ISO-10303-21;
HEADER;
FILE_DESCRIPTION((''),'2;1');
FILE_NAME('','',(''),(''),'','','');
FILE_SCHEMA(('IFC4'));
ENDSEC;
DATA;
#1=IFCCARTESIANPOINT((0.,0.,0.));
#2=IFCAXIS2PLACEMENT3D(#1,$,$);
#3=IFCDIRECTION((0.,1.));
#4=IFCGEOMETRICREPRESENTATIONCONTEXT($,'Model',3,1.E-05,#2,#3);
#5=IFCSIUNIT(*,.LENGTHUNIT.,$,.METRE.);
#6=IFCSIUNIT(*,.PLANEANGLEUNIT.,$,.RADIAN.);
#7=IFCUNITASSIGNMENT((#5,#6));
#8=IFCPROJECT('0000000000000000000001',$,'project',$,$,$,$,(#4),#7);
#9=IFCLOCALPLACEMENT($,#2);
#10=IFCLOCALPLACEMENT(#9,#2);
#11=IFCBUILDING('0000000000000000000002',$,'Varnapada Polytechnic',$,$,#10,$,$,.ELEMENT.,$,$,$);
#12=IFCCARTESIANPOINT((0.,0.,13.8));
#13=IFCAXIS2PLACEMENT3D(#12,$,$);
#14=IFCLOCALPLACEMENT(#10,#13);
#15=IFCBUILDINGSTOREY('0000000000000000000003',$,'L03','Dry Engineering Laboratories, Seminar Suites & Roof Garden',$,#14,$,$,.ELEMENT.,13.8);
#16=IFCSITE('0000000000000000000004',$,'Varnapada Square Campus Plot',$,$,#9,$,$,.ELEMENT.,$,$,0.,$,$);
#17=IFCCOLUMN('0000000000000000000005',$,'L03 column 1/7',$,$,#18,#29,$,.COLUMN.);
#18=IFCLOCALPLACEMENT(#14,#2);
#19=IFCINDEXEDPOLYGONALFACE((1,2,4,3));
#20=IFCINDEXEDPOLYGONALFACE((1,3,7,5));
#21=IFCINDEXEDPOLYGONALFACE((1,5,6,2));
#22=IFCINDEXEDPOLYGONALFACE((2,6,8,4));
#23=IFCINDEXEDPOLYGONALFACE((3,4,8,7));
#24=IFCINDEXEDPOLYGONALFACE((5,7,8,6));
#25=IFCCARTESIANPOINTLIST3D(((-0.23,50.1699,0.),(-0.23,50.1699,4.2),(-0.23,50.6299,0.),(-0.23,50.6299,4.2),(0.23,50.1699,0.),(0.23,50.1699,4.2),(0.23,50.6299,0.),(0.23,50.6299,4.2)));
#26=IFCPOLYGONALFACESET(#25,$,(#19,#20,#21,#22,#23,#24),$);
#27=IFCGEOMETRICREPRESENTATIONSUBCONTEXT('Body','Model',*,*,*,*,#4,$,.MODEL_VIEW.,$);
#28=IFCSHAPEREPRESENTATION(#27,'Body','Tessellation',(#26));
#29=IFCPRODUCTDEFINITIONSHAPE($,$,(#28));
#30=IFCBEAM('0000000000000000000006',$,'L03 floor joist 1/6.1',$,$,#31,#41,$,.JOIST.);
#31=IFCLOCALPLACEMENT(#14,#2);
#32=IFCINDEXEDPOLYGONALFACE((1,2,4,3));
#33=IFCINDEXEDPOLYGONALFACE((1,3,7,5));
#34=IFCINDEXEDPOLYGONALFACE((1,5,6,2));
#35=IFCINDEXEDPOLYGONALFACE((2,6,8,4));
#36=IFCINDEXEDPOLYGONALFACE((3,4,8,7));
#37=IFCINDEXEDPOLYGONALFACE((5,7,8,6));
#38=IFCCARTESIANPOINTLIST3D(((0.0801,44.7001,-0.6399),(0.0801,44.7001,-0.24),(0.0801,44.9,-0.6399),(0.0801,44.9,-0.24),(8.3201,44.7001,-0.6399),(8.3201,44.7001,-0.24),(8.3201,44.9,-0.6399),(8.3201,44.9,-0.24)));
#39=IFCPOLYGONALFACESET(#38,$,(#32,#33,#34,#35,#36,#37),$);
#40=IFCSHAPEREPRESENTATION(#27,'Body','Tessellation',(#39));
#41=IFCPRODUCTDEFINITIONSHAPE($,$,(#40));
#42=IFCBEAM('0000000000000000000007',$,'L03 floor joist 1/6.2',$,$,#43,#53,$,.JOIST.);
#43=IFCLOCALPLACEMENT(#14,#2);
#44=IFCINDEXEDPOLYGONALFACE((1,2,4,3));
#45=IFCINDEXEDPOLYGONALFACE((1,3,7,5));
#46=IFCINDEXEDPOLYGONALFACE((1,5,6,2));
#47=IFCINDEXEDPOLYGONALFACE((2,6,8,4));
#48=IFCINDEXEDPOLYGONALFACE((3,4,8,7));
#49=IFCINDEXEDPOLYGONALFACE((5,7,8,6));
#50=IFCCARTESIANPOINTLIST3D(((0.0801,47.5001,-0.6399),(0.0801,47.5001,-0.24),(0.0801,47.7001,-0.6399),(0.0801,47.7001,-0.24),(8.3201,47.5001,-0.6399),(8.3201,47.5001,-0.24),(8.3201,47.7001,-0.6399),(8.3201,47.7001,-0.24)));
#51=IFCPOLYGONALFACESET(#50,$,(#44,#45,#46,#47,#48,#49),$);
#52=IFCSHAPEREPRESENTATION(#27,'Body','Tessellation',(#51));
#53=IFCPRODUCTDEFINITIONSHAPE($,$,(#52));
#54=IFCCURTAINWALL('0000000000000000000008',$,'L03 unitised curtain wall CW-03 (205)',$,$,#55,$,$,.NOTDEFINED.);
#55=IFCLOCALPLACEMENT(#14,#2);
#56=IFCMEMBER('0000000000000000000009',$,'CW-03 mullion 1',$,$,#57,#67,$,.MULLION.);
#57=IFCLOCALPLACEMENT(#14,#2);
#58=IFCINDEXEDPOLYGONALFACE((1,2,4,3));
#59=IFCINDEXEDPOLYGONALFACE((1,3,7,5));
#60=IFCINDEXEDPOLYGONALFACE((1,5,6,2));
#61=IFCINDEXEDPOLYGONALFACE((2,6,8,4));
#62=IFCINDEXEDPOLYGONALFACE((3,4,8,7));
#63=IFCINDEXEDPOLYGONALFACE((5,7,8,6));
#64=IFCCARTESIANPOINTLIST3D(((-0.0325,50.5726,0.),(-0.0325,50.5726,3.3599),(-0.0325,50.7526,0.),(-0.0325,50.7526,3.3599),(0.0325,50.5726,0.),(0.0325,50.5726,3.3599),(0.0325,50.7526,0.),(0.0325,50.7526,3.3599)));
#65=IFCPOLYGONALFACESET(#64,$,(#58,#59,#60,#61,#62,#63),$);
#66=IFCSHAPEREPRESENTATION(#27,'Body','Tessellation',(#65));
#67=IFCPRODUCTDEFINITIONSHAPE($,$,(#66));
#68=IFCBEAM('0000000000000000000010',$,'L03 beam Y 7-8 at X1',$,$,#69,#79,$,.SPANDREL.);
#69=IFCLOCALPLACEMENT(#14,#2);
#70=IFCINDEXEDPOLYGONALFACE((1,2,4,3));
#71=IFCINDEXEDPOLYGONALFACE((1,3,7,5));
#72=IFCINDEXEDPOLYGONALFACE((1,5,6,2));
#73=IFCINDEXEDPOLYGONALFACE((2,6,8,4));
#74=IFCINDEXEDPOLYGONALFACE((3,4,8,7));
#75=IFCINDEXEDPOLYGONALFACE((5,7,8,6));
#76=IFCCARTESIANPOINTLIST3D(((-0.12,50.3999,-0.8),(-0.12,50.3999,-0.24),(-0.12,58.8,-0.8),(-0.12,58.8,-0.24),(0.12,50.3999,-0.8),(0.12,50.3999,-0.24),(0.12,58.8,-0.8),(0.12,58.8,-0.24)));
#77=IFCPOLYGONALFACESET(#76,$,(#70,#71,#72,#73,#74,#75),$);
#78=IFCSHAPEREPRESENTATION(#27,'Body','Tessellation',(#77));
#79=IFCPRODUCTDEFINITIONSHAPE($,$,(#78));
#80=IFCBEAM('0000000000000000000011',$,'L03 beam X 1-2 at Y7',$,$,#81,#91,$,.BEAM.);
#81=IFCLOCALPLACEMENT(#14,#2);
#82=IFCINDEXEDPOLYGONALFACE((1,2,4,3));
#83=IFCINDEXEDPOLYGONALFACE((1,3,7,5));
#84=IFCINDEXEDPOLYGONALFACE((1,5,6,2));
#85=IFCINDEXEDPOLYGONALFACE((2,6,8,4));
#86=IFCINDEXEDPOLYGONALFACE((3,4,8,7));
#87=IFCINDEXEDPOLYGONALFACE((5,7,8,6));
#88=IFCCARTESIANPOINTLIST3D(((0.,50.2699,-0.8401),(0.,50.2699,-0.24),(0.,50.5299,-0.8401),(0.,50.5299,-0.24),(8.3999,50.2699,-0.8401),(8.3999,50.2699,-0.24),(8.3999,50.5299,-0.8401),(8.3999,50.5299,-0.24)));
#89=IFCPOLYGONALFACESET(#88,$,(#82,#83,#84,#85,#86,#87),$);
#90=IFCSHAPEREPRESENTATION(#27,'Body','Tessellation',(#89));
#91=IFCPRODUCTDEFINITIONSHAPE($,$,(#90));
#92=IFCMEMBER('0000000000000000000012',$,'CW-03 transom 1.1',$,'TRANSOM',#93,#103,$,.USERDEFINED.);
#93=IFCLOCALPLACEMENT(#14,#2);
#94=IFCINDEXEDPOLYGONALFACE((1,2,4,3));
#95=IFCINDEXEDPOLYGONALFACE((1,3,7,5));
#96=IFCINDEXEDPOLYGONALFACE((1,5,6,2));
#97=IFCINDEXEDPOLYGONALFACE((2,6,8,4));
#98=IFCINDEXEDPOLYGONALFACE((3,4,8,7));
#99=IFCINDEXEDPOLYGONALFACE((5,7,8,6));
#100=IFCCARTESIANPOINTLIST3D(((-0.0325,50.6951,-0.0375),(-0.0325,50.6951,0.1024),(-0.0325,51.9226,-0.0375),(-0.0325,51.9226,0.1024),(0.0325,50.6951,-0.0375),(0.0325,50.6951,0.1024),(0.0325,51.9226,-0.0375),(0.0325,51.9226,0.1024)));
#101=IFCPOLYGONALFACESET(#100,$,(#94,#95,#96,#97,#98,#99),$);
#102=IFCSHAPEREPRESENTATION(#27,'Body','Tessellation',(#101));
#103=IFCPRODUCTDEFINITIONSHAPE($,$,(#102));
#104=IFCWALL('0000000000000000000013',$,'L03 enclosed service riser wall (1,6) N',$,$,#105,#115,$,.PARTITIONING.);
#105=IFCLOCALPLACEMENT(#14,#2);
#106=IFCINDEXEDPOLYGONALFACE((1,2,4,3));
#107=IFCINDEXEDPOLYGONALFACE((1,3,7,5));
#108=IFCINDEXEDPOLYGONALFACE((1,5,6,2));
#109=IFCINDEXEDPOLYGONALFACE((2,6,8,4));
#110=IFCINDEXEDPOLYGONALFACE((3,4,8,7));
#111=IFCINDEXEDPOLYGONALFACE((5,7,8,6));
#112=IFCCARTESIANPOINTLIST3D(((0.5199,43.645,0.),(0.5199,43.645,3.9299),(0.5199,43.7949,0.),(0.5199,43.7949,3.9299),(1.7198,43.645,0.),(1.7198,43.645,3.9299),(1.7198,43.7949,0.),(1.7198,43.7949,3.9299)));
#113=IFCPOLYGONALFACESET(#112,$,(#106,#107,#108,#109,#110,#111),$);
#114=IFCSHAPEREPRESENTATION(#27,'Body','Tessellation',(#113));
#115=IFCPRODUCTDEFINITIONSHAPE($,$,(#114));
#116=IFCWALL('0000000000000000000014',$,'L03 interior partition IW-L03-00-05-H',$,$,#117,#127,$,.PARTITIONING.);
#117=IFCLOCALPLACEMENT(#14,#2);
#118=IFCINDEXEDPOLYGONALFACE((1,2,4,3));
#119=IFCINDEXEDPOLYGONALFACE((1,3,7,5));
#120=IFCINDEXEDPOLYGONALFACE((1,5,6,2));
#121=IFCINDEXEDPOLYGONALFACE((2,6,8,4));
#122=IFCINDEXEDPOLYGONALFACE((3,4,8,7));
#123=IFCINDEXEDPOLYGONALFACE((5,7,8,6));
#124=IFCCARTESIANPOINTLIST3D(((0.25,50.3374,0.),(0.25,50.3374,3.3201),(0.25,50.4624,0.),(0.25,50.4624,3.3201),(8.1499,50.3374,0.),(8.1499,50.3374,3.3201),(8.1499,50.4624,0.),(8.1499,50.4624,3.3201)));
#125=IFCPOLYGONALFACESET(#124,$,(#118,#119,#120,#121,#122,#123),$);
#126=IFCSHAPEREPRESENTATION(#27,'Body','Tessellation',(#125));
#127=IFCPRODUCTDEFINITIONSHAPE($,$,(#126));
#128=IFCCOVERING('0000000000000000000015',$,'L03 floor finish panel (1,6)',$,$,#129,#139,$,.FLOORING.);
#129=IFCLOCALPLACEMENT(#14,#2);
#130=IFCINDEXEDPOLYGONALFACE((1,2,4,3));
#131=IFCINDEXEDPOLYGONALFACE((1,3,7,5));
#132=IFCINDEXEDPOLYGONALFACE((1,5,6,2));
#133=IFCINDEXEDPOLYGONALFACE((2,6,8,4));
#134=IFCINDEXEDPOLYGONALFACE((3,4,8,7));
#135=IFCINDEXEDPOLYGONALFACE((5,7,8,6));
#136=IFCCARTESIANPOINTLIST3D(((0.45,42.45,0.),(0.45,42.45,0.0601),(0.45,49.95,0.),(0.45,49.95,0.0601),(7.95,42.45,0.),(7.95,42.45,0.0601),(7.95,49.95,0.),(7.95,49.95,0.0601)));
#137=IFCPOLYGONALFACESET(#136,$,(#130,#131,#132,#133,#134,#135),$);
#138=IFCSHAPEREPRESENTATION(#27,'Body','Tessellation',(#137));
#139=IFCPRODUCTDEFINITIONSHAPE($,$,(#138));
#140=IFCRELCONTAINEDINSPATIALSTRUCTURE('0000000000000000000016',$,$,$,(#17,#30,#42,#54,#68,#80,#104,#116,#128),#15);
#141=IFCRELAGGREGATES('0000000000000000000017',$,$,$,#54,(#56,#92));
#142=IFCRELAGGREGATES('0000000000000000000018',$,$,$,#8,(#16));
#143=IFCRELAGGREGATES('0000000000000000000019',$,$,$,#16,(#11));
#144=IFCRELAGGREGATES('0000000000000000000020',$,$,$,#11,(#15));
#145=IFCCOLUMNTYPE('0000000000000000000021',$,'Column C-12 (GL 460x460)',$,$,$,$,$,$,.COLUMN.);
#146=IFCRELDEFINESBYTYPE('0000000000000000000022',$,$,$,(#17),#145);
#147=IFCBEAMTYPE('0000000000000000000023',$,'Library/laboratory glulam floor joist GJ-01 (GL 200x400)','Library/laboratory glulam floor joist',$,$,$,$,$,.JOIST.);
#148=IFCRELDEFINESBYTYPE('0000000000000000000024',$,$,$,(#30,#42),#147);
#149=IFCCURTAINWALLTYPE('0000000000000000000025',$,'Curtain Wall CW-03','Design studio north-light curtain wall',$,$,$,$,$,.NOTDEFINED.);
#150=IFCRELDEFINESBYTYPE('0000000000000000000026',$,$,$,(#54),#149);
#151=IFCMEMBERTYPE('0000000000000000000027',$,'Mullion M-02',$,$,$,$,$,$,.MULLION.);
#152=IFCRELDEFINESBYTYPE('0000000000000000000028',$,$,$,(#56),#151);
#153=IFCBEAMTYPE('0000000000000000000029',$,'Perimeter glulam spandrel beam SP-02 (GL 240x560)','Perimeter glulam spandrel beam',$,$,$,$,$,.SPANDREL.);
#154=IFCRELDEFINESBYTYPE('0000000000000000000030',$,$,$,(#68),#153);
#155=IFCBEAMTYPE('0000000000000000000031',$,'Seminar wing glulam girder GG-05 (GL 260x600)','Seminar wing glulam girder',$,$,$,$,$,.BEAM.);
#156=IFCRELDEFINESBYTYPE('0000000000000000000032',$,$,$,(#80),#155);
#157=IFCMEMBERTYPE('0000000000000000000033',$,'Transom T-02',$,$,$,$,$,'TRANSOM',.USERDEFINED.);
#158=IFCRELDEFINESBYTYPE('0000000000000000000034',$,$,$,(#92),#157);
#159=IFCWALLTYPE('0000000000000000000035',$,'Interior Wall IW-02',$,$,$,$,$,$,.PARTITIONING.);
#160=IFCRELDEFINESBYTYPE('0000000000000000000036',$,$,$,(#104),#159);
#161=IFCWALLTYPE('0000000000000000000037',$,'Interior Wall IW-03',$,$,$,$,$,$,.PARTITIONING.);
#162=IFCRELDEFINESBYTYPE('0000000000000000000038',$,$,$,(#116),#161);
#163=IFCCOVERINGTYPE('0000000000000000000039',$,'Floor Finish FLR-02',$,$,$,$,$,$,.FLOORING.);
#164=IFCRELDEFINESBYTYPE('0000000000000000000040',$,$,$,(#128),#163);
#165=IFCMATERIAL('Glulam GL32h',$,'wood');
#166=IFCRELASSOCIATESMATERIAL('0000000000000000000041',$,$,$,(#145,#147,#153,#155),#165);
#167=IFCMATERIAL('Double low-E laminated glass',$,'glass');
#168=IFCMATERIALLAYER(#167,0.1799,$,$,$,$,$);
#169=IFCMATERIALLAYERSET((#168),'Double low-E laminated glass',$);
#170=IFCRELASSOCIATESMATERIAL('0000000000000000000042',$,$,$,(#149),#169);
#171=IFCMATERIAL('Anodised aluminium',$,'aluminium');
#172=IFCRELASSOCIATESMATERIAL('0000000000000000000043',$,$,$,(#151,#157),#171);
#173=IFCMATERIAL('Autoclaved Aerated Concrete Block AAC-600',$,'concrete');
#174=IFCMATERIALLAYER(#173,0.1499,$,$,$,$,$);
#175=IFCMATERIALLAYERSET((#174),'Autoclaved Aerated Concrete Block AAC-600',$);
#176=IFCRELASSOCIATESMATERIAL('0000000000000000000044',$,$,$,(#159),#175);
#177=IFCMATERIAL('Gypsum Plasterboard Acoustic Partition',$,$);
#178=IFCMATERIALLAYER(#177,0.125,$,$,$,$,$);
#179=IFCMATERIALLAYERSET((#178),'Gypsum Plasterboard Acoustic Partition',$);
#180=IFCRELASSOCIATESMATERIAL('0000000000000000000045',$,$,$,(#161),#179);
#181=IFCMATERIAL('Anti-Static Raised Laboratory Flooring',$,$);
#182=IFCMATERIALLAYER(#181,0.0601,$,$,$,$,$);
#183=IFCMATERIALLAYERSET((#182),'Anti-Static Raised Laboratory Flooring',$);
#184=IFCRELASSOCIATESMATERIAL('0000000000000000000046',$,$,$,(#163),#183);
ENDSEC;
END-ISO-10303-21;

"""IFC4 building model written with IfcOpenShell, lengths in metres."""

from ifc_helpers import new_model, si_unit, direction, frame, frame_2d, origin, origin_2d, place, context, subcontext, project, spatial, rectangle, extrude, material, layer, layer_set, material_profile, profile_set, type_object, element, aggregate, save


model = new_model("IFC4")

# Units and contexts
model_context = context("Model", 3, precision=1e-05, world=origin(), true_north=direction((0.0, 1.0)))
body_context = subcontext(model_context, "Body", "Model", "MODEL_VIEW")
ifc_project = project(units=[si_unit("LENGTHUNIT", "METRE"), si_unit("PLANEANGLEUNIT", "RADIAN")], contexts=[model_context])

# Site, building, storey
site_placement = place(None, origin())
site = spatial("IfcSite", under=ifc_project, at=site_placement, Name="Varnapada Square Campus Plot", CompositionType="ELEMENT", RefElevation=0.0)
building_placement = place(site_placement, origin())
building = spatial("IfcBuilding", under=site, at=building_placement, Name="Varnapada Polytechnic", CompositionType="ELEMENT")
storey_placement = place(building_placement, frame((0.0, 0.0, 13.8)))
storey = spatial("IfcBuildingStorey", under=building, at=storey_placement, Name="L03", Description="Dry Engineering Laboratories, Seminar Suites & Roof Garden", CompositionType="ELEMENT", Elevation=13.8)

# Column
ifc_material_1 = material(Name="Glulam GL32h", Category="wood")
ifc_material_profile_1 = material_profile(ifc_material_1, rectangle(XDim=0.46, YDim=0.46, at=origin_2d()), Name="GL 460x460")
ifc_profile_set_1 = profile_set([ifc_material_profile_1], Name="Glulam GL32h")
column_type = type_object("IfcColumnType", Name="Column C-12 (GL 460x460)", PredefinedType="COLUMN", material=ifc_profile_set_1)
column_placement = place(storey_placement, frame((0.0, 50.3999, 0.0), z_axis=(0.0, 0.0, 1.0), x_axis=(1.0, 0.0, 0.0)))
element("IfcColumn", 1, at=column_placement, inside=storey, type_object=column_type, Name="L03 column 1/7", PredefinedType="COLUMN", context=body_context, shape_type="SweptSolid", body=[
    extrude(rectangle(XDim=0.46, YDim=0.46, at=origin_2d()), origin(), (0.0, 0.0, 1.0), 4.2),
])

# Beams
ifc_material_profile_2 = material_profile(ifc_material_1, rectangle(XDim=0.2, YDim=0.3999, at=origin_2d()), Name="GL 200x400")
ifc_profile_set_2 = profile_set([ifc_material_profile_2], Name="Glulam GL32h")
beam_type_1 = type_object("IfcBeamType", Name="Library/laboratory glulam floor joist GJ-01 (GL 200x400)", Description="Library/laboratory glulam floor joist", PredefinedType="JOIST", material=ifc_profile_set_2)
for number, where, z_axis, x_axis, name in (
    (2, (0.0801, 44.8, -0.4399), (1.0, 0.0, 0.0), (0.0, 1.0, 0.0), "L03 floor joist 1/6.1"),
    (3, (0.0801, 47.6001, -0.4399), (1.0, 0.0, 0.0), (0.0, 1.0, 0.0), "L03 floor joist 1/6.2"),
):
    element("IfcBeam", number, at=place(storey_placement, frame(where, z_axis=z_axis, x_axis=x_axis)), inside=storey, type_object=beam_type_1, Name=name, PredefinedType="JOIST", context=body_context, shape_type="SweptSolid", body=[
        extrude(rectangle(XDim=0.2, YDim=0.3999, at=origin_2d()), origin(), (0.0, 0.0, 1.0), 8.24),
    ])

# Curtain wall, member
ifc_material_2 = material(Name="Double low-E laminated glass", Category="glass")
ifc_layer_1 = layer(ifc_material_2, 0.1799)
ifc_layer_set_1 = layer_set([ifc_layer_1], Name="Double low-E laminated glass")
curtain_wall_type = type_object("IfcCurtainWallType", Name="Curtain Wall CW-03", Description="Design studio north-light curtain wall", PredefinedType="NOTDEFINED", material=ifc_layer_set_1)
curtain_wall_placement = place(storey_placement, origin())
curtain_wall = element("IfcCurtainWall", 4, at=curtain_wall_placement, inside=storey, type_object=curtain_wall_type, Name="L03 unitised curtain wall CW-03 (205)", PredefinedType="NOTDEFINED")
ifc_material_3 = material(Name="Anodised aluminium", Category="aluminium")
ifc_material_profile_3 = material_profile(ifc_material_3, rectangle(XDim=0.0649, YDim=0.1799, at=origin_2d()), Name="ALU M65x180")
ifc_profile_set_3 = profile_set([ifc_material_profile_3], Name="Anodised aluminium")
member_type_1 = type_object("IfcMemberType", Name="Mullion M-02", PredefinedType="MULLION", material=ifc_profile_set_3)
member_1_placement = place(storey_placement, frame((0.0, 50.6626, 0.0), z_axis=(0.0, 0.0, 1.0), x_axis=(-1.0, 0.0, 0.0)))
member_1 = element("IfcMember", 5, at=member_1_placement, type_object=member_type_1, Name="CW-03 mullion 1", PredefinedType="MULLION", context=body_context, shape_type="SweptSolid", body=[
    extrude(rectangle(XDim=0.0649, YDim=0.1799, at=origin_2d()), origin(), (0.0, 0.0, 1.0), 3.3599),
])

# Beams
ifc_material_profile_4 = material_profile(ifc_material_1, rectangle(XDim=0.24, YDim=0.5601, at=origin_2d()), Name="GL 240x560")
ifc_profile_set_4 = profile_set([ifc_material_profile_4], Name="Glulam GL32h")
beam_type_2 = type_object("IfcBeamType", Name="Perimeter glulam spandrel beam SP-02 (GL 240x560)", Description="Perimeter glulam spandrel beam", PredefinedType="SPANDREL", material=ifc_profile_set_4)
beam_1_placement = place(storey_placement, frame((0.0, 50.3999, -0.52), z_axis=(0.0, 1.0, 0.0), x_axis=(-1.0, 0.0, 0.0)))
element("IfcBeam", 6, at=beam_1_placement, inside=storey, type_object=beam_type_2, Name="L03 beam Y 7-8 at X1", PredefinedType="SPANDREL", context=body_context, shape_type="SweptSolid", body=[
    extrude(rectangle(XDim=0.24, YDim=0.5601, at=origin_2d()), origin(), (0.0, 0.0, 1.0), 8.4001),
])
ifc_material_profile_5 = material_profile(ifc_material_1, rectangle(XDim=0.26, YDim=0.6001, at=origin_2d()), Name="GL 260x600")
ifc_profile_set_5 = profile_set([ifc_material_profile_5], Name="Glulam GL32h")
beam_type_3 = type_object("IfcBeamType", Name="Seminar wing glulam girder GG-05 (GL 260x600)", Description="Seminar wing glulam girder", PredefinedType="BEAM", material=ifc_profile_set_5)
beam_2_placement = place(storey_placement, frame((0.0, 50.3999, -0.54), z_axis=(1.0, 0.0, 0.0), x_axis=(0.0, 1.0, 0.0)))
element("IfcBeam", 7, at=beam_2_placement, inside=storey, type_object=beam_type_3, Name="L03 beam X 1-2 at Y7", PredefinedType="BEAM", context=body_context, shape_type="SweptSolid", body=[
    extrude(rectangle(XDim=0.26, YDim=0.6001, at=origin_2d()), origin(), (0.0, 0.0, 1.0), 8.3999),
])

# Member
ifc_material_profile_6 = material_profile(ifc_material_3, rectangle(XDim=0.0649, YDim=0.1399, at=origin_2d()), Name="ALU T65x140")
ifc_profile_set_6 = profile_set([ifc_material_profile_6], Name="Anodised aluminium")
member_type_2 = type_object("IfcMemberType", Name="Transom T-02", ElementType="TRANSOM", PredefinedType="USERDEFINED", material=ifc_profile_set_6)
member_2_placement = place(storey_placement, frame((0.0, 50.6951, 0.0325), z_axis=(0.0, 1.0, 0.0), x_axis=(-1.0, 0.0, 0.0)))
member_2 = element("IfcMember", 8, at=member_2_placement, type_object=member_type_2, Name="CW-03 transom 1.1", ObjectType="TRANSOM", PredefinedType="USERDEFINED", context=body_context, shape_type="SweptSolid", body=[
    extrude(rectangle(XDim=0.0649, YDim=0.1399, at=origin_2d()), origin(), (0.0, 0.0, 1.0), 1.2275),
])
aggregate(curtain_wall, [member_1, member_2])

# Walls
ifc_material_4 = material(Name="Autoclaved Aerated Concrete Block AAC-600", Category="concrete")
ifc_layer_2 = layer(ifc_material_4, 0.1499)
ifc_layer_set_2 = layer_set([ifc_layer_2], Name="Autoclaved Aerated Concrete Block AAC-600")
wall_type_1 = type_object("IfcWallType", Name="Interior Wall IW-02", PredefinedType="PARTITIONING", material=ifc_layer_set_2)
wall_1_placement = place(storey_placement, frame((1.72, 43.72, 0.0), z_axis=(0.0, 0.0, 1.0), x_axis=(-1.0, 0.0, 0.0)))
element("IfcWall", 9, at=wall_1_placement, inside=storey, type_object=wall_type_1, Name="L03 enclosed service riser wall (1,6) N", PredefinedType="PARTITIONING", context=body_context, shape_type="SweptSolid", body=[
    extrude(rectangle(XDim=1.2, YDim=0.1499, at=frame_2d((0.6001, 0.0))), origin(), (0.0, 0.0, 1.0), 3.9299),
])
ifc_material_5 = material(Name="Gypsum Plasterboard Acoustic Partition")
ifc_layer_3 = layer(ifc_material_5, 0.125)
ifc_layer_set_3 = layer_set([ifc_layer_3], Name="Gypsum Plasterboard Acoustic Partition")
wall_type_2 = type_object("IfcWallType", Name="Interior Wall IW-03", PredefinedType="PARTITIONING", material=ifc_layer_set_3)
wall_2_placement = place(storey_placement, frame((0.25, 50.3999, 0.0), z_axis=(0.0, 0.0, 1.0), x_axis=(1.0, 0.0, 0.0)))
element("IfcWall", 10, at=wall_2_placement, inside=storey, type_object=wall_type_2, Name="L03 interior partition IW-L03-00-05-H", PredefinedType="PARTITIONING", context=body_context, shape_type="SweptSolid", body=[
    extrude(rectangle(XDim=7.8999, YDim=0.125, at=frame_2d((3.95, 0.0))), origin(), (0.0, 0.0, 1.0), 3.3201),
])

# Covering
ifc_material_6 = material(Name="Anti-Static Raised Laboratory Flooring")
ifc_layer_4 = layer(ifc_material_6, 0.0601)
ifc_layer_set_4 = layer_set([ifc_layer_4], Name="Anti-Static Raised Laboratory Flooring")
covering_type_1 = type_object("IfcCoveringType", Name="Floor Finish FLR-02", PredefinedType="FLOORING", material=ifc_layer_set_4)
covering_1_placement = place(storey_placement, frame((4.2, 46.2, 0.0), z_axis=(0.0, 0.0, 1.0), x_axis=(1.0, 0.0, 0.0)))
element("IfcCovering", 11, at=covering_1_placement, inside=storey, type_object=covering_type_1, Name="L03 floor finish panel (1,6)", PredefinedType="FLOORING", context=body_context, shape_type="SweptSolid", body=[
    extrude(rectangle(XDim=7.5, YDim=7.5, at=origin_2d()), origin(), (0.0, 0.0, 1.0), 0.0601),
])

save(model, "model.ifc")
